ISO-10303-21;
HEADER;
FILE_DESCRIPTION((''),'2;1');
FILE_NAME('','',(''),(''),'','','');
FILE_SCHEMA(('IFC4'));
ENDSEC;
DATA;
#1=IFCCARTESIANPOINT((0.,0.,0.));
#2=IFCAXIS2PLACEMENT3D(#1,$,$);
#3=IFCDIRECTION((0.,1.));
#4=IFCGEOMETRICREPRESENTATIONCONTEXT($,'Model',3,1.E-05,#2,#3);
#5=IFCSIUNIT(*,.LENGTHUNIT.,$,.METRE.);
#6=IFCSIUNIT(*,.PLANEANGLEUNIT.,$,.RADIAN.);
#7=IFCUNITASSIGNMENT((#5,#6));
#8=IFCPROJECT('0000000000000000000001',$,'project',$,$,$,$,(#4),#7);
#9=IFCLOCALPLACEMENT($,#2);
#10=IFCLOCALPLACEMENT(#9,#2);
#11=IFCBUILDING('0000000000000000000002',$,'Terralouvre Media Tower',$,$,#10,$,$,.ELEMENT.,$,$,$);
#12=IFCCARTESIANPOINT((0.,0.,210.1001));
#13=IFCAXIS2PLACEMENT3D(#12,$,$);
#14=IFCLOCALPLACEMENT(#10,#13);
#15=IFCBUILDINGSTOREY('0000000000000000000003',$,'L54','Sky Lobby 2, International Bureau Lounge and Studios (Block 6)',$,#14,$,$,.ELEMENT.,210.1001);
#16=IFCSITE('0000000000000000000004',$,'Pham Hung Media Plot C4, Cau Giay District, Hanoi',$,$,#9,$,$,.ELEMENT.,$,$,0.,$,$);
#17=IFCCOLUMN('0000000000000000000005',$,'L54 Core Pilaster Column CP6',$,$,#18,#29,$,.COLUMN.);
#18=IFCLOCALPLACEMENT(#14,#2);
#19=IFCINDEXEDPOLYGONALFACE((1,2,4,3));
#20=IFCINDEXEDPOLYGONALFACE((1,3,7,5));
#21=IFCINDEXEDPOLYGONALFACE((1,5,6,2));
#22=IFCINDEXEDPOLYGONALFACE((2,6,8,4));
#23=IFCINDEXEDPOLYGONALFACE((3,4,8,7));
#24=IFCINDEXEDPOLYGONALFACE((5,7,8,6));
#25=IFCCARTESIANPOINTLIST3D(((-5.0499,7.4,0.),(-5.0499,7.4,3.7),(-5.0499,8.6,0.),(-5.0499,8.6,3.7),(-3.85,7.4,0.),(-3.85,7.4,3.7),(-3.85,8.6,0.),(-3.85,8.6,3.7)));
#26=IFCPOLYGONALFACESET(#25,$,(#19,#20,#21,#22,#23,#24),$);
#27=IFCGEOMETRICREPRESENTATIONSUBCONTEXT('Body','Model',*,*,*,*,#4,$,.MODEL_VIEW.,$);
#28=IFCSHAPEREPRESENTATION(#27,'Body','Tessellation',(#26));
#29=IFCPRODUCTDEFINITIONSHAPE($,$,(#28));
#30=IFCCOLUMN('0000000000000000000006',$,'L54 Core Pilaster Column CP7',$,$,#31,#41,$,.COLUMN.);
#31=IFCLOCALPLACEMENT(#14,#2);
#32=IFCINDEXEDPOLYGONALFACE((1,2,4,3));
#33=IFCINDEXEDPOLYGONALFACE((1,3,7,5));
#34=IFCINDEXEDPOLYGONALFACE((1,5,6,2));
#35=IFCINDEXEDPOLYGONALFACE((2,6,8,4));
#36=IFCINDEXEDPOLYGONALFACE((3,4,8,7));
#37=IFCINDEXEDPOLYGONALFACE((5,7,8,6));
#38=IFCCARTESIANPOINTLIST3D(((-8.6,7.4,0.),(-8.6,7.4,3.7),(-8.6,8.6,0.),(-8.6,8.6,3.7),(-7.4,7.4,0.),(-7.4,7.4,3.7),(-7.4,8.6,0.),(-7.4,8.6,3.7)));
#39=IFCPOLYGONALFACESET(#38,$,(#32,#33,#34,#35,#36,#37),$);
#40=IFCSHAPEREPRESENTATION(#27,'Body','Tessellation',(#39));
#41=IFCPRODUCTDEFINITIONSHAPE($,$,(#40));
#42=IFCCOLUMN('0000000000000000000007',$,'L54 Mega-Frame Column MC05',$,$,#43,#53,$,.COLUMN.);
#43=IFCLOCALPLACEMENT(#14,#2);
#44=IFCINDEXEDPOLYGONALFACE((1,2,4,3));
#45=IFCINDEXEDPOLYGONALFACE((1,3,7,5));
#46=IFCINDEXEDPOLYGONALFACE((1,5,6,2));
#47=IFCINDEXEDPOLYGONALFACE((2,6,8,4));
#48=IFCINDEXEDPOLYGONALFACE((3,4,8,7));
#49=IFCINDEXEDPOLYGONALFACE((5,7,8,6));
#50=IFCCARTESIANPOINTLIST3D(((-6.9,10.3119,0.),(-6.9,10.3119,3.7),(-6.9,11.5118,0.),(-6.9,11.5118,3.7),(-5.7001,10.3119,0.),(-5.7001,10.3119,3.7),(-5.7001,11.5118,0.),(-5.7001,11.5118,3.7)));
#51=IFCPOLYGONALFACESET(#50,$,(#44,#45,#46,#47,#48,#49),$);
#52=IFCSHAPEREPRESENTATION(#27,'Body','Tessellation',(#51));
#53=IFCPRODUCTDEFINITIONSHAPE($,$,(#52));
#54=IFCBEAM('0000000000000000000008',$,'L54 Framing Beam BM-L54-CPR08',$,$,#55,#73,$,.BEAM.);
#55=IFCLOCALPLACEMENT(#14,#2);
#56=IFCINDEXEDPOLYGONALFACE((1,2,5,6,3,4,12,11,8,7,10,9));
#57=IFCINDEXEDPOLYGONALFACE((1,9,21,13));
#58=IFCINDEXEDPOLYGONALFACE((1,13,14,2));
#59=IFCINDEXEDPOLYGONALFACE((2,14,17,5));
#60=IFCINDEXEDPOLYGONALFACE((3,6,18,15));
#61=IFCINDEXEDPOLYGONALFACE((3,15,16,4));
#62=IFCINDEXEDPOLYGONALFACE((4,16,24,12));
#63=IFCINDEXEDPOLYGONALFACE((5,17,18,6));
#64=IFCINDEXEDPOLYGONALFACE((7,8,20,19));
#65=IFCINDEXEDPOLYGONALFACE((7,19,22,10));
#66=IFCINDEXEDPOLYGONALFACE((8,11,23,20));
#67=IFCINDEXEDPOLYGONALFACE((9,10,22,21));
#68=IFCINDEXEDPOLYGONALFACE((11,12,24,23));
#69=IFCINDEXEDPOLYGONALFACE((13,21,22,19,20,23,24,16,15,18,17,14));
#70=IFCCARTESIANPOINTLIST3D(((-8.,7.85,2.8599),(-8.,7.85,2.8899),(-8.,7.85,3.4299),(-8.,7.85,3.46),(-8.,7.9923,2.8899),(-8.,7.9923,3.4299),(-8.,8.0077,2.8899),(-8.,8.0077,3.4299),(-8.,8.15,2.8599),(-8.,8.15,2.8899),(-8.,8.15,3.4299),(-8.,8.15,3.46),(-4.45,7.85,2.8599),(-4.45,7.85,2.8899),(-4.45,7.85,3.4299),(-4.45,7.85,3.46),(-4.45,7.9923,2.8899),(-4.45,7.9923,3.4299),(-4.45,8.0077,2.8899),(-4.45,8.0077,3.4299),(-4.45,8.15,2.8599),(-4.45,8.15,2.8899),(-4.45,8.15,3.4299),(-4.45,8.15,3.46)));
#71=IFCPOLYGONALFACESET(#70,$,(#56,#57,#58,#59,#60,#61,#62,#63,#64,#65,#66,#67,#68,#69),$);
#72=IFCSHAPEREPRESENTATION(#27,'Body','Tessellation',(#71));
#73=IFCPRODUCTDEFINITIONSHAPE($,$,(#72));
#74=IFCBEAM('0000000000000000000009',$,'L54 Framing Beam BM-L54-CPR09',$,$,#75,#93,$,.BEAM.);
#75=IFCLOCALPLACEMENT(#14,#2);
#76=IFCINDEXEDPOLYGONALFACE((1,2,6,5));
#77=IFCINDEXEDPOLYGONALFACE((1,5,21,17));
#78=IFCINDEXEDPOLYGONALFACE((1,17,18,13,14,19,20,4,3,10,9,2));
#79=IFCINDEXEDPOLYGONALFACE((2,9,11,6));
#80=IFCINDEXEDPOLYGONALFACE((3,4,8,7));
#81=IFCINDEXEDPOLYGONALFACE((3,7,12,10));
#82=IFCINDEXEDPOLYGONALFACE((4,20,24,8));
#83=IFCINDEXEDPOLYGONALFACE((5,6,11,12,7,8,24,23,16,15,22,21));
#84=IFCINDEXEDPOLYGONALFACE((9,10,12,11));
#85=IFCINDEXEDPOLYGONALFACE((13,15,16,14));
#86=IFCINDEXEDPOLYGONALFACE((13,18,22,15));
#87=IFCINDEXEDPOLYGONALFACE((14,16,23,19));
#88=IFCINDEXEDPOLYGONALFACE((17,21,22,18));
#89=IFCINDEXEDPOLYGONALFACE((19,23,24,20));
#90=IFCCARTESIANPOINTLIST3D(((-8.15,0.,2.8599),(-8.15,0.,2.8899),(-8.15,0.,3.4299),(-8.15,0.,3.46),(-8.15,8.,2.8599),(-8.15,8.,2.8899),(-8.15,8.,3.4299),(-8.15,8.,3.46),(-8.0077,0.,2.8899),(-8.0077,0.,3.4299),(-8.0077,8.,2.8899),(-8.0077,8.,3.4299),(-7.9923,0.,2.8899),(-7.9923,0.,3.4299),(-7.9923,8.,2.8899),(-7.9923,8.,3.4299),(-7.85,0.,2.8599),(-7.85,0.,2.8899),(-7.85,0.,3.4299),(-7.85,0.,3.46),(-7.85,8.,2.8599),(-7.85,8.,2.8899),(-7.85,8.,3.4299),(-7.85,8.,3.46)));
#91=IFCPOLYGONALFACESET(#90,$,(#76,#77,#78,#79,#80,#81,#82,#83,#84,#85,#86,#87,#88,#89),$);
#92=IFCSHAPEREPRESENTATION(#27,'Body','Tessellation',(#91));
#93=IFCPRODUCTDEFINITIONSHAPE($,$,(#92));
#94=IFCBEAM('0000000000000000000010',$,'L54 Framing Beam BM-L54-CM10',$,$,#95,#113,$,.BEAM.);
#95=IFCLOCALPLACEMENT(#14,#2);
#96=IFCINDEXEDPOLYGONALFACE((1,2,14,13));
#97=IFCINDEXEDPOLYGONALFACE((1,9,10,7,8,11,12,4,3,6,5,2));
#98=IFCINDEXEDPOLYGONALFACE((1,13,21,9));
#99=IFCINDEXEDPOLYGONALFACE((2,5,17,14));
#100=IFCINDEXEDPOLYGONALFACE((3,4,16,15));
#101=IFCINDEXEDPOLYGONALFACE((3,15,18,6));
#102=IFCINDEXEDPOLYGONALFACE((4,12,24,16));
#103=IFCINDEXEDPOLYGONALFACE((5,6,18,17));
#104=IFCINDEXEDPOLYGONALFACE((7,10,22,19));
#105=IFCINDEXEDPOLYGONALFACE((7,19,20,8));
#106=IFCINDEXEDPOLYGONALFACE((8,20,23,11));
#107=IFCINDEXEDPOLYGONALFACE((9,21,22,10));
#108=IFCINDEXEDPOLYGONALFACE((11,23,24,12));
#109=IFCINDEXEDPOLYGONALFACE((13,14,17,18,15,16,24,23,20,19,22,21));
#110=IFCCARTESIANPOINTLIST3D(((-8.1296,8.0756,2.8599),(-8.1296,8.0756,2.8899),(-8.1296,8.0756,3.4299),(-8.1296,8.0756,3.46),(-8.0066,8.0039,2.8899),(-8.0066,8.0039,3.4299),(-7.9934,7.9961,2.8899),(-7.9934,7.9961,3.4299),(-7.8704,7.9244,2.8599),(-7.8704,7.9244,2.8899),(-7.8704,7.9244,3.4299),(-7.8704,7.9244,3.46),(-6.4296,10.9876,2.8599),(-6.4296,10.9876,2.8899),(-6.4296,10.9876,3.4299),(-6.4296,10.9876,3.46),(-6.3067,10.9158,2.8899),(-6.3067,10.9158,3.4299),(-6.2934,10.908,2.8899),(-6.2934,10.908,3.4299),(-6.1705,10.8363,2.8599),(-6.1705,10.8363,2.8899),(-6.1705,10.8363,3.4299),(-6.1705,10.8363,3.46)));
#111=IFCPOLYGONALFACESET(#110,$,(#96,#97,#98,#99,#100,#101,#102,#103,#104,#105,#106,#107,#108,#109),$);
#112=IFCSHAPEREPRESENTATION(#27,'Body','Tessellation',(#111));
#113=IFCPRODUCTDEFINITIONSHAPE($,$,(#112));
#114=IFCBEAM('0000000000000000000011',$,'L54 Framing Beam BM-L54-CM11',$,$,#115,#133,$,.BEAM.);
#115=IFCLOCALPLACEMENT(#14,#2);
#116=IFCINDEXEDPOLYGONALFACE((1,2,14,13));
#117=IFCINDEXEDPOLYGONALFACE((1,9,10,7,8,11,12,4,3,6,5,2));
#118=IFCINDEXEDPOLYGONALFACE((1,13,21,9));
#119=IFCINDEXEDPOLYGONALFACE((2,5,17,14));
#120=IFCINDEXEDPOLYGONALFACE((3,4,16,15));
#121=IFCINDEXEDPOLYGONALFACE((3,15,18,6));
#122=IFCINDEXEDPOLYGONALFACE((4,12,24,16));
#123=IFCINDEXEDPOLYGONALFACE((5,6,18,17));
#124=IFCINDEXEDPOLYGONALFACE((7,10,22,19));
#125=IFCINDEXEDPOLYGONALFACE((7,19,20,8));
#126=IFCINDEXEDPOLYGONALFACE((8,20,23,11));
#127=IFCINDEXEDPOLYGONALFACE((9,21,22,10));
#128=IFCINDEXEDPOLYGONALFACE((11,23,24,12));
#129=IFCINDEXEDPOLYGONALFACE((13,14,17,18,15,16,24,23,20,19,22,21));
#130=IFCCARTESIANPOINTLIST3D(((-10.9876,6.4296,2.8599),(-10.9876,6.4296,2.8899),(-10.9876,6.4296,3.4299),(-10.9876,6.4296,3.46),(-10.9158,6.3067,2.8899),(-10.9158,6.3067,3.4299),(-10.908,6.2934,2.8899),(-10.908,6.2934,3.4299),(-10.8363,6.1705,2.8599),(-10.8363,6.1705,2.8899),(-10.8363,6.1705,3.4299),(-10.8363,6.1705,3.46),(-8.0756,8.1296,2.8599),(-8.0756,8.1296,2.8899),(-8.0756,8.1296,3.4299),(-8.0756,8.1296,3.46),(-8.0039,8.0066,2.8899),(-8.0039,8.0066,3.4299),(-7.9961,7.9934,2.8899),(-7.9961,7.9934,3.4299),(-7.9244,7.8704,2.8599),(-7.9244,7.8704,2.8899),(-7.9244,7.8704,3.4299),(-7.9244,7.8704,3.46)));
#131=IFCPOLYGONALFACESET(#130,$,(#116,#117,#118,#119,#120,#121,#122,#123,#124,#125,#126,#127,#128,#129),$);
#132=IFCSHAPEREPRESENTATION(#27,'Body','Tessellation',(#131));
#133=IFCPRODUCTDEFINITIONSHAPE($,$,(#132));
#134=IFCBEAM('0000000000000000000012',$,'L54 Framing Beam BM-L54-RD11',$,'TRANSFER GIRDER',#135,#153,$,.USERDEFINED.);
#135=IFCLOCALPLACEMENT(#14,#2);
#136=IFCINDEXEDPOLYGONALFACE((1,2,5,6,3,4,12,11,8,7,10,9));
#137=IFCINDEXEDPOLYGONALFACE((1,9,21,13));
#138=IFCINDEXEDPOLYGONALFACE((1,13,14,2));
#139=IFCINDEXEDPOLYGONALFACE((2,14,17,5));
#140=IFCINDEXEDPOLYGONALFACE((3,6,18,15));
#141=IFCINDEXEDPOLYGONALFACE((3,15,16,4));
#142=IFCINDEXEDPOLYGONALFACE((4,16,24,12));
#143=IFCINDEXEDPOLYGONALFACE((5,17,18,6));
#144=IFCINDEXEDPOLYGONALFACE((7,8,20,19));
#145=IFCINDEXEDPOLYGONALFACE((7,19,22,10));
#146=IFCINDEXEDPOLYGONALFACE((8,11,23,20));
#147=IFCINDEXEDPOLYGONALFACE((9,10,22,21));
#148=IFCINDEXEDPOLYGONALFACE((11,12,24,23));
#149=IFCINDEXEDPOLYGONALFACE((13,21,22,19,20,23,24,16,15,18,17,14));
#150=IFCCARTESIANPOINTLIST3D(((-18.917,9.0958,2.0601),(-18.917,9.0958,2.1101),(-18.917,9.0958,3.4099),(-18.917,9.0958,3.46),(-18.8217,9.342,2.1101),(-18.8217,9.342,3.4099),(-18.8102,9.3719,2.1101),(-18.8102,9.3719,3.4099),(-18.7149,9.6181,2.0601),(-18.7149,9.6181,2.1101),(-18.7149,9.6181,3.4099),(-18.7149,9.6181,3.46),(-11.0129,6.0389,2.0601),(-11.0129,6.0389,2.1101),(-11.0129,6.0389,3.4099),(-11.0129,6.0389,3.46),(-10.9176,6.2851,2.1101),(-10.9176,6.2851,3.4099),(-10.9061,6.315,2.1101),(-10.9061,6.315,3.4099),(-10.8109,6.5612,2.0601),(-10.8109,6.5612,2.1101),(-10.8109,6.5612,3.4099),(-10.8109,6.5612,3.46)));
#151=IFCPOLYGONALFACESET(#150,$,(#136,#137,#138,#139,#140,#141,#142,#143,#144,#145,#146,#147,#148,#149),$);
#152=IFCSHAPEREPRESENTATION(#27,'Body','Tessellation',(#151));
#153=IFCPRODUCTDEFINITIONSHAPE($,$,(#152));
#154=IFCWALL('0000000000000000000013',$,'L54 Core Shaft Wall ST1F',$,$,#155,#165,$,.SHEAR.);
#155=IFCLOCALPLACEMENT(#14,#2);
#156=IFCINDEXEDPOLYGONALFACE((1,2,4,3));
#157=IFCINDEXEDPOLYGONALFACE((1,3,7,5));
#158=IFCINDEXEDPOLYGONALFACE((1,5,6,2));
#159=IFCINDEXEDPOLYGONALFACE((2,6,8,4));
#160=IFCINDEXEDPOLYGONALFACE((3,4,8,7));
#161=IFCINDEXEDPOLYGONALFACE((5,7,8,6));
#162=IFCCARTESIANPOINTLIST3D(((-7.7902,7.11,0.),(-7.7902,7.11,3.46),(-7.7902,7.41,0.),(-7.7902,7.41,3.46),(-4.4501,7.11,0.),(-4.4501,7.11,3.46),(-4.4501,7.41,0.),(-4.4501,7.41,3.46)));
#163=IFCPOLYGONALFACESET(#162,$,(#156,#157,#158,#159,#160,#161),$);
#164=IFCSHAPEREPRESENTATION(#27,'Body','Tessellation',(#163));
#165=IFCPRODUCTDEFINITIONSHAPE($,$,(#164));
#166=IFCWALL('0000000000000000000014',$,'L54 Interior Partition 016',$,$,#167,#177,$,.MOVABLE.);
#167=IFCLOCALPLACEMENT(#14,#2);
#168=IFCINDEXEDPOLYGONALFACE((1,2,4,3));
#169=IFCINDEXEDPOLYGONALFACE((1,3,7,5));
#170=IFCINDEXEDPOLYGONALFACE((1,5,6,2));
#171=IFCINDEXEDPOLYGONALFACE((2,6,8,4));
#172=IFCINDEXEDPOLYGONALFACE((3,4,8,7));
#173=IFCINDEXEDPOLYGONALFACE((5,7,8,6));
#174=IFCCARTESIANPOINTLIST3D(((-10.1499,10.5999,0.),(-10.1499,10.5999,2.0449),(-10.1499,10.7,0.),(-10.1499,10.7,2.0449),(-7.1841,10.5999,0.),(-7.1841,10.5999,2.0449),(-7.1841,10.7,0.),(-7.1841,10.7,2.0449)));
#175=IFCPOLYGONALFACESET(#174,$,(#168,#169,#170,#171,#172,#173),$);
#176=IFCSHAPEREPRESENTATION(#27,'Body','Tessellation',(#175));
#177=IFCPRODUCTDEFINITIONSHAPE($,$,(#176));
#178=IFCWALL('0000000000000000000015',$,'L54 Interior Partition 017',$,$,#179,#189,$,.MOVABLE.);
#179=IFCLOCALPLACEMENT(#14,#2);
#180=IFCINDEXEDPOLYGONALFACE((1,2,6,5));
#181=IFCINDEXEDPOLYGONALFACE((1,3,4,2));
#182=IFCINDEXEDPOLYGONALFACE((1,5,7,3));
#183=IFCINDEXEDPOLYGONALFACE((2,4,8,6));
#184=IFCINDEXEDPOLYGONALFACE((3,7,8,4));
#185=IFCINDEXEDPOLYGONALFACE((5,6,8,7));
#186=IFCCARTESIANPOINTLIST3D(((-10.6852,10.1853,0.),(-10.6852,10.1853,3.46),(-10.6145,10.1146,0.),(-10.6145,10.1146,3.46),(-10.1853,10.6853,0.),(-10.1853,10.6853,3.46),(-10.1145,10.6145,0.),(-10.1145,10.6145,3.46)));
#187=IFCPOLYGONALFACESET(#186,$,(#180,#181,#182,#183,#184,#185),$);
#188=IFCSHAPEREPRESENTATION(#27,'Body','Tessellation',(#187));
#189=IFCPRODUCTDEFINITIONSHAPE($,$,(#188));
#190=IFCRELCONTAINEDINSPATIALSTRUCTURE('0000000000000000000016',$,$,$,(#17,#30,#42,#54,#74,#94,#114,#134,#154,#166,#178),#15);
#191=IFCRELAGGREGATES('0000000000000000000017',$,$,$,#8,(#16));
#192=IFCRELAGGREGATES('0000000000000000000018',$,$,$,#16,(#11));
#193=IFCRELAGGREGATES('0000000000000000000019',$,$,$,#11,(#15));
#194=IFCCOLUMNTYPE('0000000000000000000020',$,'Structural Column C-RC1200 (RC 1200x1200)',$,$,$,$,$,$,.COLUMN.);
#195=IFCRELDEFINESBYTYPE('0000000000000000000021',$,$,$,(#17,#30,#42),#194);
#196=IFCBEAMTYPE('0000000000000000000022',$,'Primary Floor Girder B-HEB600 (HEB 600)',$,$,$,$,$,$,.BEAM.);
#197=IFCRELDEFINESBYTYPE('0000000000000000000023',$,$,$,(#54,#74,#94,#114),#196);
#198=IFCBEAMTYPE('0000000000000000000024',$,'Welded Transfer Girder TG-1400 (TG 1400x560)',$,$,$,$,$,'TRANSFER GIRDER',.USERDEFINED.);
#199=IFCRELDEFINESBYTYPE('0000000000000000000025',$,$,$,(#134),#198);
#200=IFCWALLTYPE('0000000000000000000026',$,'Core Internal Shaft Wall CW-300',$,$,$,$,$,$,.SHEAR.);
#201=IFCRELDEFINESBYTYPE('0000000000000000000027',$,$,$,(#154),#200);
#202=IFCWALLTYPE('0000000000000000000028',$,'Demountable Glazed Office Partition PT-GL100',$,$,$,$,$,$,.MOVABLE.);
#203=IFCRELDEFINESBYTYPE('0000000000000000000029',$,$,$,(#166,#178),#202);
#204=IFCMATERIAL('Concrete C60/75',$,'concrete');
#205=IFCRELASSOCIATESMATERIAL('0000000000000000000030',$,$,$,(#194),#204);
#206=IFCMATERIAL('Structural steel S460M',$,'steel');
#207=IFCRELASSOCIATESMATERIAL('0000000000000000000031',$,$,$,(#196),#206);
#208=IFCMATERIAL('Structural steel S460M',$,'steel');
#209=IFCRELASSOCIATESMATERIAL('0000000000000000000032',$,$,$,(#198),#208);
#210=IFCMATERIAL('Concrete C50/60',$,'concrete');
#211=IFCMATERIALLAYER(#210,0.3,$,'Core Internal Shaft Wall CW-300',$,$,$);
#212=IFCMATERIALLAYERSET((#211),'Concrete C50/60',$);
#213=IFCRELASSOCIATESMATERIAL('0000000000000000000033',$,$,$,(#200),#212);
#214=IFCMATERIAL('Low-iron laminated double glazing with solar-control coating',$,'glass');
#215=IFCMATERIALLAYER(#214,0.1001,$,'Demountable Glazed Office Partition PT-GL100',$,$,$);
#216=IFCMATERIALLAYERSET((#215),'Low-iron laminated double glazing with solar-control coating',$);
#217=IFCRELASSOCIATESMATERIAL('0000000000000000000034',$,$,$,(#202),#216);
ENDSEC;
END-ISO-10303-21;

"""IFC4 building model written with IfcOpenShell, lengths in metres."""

from ifc_helpers import new_model, si_unit, direction, frame, frame_2d, origin, origin_2d, place, context, subcontext, project, spatial, rectangle, i_section, extrude, material, layer, layer_set, material_profile, profile_set, type_object, element, save


model = new_model("IFC4")

# Units and contexts
model_context = context("Model", 3, precision=1e-05, world=origin(), true_north=direction((0.0, 1.0)))
body_context = subcontext(model_context, "Body", "Model", "MODEL_VIEW")
ifc_project = project(units=[si_unit("LENGTHUNIT", "METRE"), si_unit("PLANEANGLEUNIT", "RADIAN")], contexts=[model_context])

# Site, building, storey
site_placement = place(None, origin())
site = spatial("IfcSite", under=ifc_project, at=site_placement, Name="Pham Hung Media Plot C4, Cau Giay District, Hanoi", CompositionType="ELEMENT", RefElevation=0.0)
building_placement = place(site_placement, origin())
building = spatial("IfcBuilding", under=site, at=building_placement, Name="Terralouvre Media Tower", CompositionType="ELEMENT")
storey_placement = place(building_placement, frame((0.0, 0.0, 210.1001)))
storey = spatial("IfcBuildingStorey", under=building, at=storey_placement, Name="L54", Description="Sky Lobby 2, International Bureau Lounge and Studios (Block 6)", CompositionType="ELEMENT", Elevation=210.1001)

# Columns
ifc_material_1 = material(Name="Concrete C60/75", Category="concrete")
ifc_material_profile_1 = material_profile(ifc_material_1, rectangle(XDim=1.2, YDim=1.2, at=origin_2d()), Name="RC 1200x1200")
ifc_profile_set_1 = profile_set([ifc_material_profile_1], Name="Concrete C60/75")
column_type = type_object("IfcColumnType", Name="Structural Column C-RC1200 (RC 1200x1200)", PredefinedType="COLUMN", material=ifc_profile_set_1)
for number, where, z_axis, x_axis, name in (
    (1, (-4.45, 8.0, 0.0), (0.0, 0.0, 1.0), (1.0, 0.0, 0.0), "L54 Core Pilaster Column CP6"),
    (2, (-8.0, 8.0, 0.0), (0.0, 0.0, 1.0), (1.0, 0.0, 0.0), "L54 Core Pilaster Column CP7"),
    (3, (-6.3, 10.9119, 0.0), (0.0, 0.0, 1.0), (1.0, 0.0, 0.0), "L54 Mega-Frame Column MC05"),
):
    element("IfcColumn", number, at=place(storey_placement, frame(where, z_axis=z_axis, x_axis=x_axis)), inside=storey, type_object=column_type, Name=name, PredefinedType="COLUMN", context=body_context, shape_type="SweptSolid", body=[
        extrude(rectangle(XDim=1.2, YDim=1.2, at=origin_2d()), origin(), (0.0, 0.0, 1.0), 3.7),
    ])

# Beams
ifc_material_2 = material(Name="Structural steel S460M", Category="steel")
ifc_material_profile_2 = material_profile(ifc_material_2, i_section(OverallWidth=0.3, OverallDepth=0.6001, WebThickness=0.0154, FlangeThickness=0.03, at=origin_2d()), Name="HEB 600")
ifc_profile_set_2 = profile_set([ifc_material_profile_2], Name="Structural steel S460M")
beam_type_1 = type_object("IfcBeamType", Name="Primary Floor Girder B-HEB600 (HEB 600)", PredefinedType="BEAM", material=ifc_profile_set_2)
beam_1_placement = place(storey_placement, frame((-4.45, 8.0, 3.1599), z_axis=(-1.0, 0.0, 0.0), x_axis=(0.0, -1.0, 0.0)))
element("IfcBeam", 4, at=beam_1_placement, inside=storey, type_object=beam_type_1, Name="L54 Framing Beam BM-L54-CPR08", PredefinedType="BEAM", context=body_context, shape_type="SweptSolid", body=[
    extrude(i_section(OverallWidth=0.3, OverallDepth=0.6001, WebThickness=0.0154, FlangeThickness=0.03, at=origin_2d()), origin(), (0.0, 0.0, 1.0), 3.55),
])
beam_2_placement = place(storey_placement, frame((-8.0, 8.0, 3.1599), z_axis=(0.0, -1.0, 0.0), x_axis=(1.0, 0.0, 0.0)))
element("IfcBeam", 5, at=beam_2_placement, inside=storey, type_object=beam_type_1, Name="L54 Framing Beam BM-L54-CPR09", PredefinedType="BEAM", context=body_context, shape_type="SweptSolid", body=[
    extrude(i_section(OverallWidth=0.3, OverallDepth=0.6001, WebThickness=0.0154, FlangeThickness=0.03, at=origin_2d()), origin(), (0.0, 0.0, 1.0), 8.0),
])
for number, where, z_axis, x_axis, name in (
    (6, (-8.0, 8.0, 3.1599), (0.504173, 0.863603, 0.0), (-0.863603, 0.504173, 0.0), "L54 Framing Beam BM-L54-CM10"),
    (7, (-8.0, 8.0, 3.1599), (-0.863603, -0.504173, 0.0), (0.504173, -0.863603, 0.0), "L54 Framing Beam BM-L54-CM11"),
):
    element("IfcBeam", number, at=place(storey_placement, frame(where, z_axis=z_axis, x_axis=x_axis)), inside=storey, type_object=beam_type_1, Name=name, PredefinedType="BEAM", context=body_context, shape_type="SweptSolid", body=[
        extrude(i_section(OverallWidth=0.3, OverallDepth=0.6001, WebThickness=0.0154, FlangeThickness=0.03, at=origin_2d()), origin(), (0.0, 0.0, 1.0), 3.3718),
    ])
ifc_material_3 = material(Name="Structural steel S460M", Category="steel")
ifc_material_profile_3 = material_profile(ifc_material_3, i_section(OverallWidth=0.5601, OverallDepth=1.3999, WebThickness=0.032, FlangeThickness=0.05, at=origin_2d()), Name="TG 1400x560")
ifc_profile_set_3 = profile_set([ifc_material_profile_3], Name="Structural steel S460M")
beam_type_2 = type_object("IfcBeamType", Name="Welded Transfer Girder TG-1400 (TG 1400x560)", ElementType="TRANSFER GIRDER", PredefinedType="USERDEFINED", material=ifc_profile_set_3)
beam_3_placement = place(storey_placement, frame((-10.9119, 6.3, 2.76), z_axis=(-0.932677, 0.360712, 0.0), x_axis=(-0.360712, -0.932677, 0.0)))
element("IfcBeam", 8, at=beam_3_placement, inside=storey, type_object=beam_type_2, Name="L54 Framing Beam BM-L54-RD11", ObjectType="TRANSFER GIRDER", PredefinedType="USERDEFINED", context=body_context, shape_type="SweptSolid", body=[
    extrude(i_section(OverallWidth=0.5601, OverallDepth=1.3999, WebThickness=0.032, FlangeThickness=0.05, at=origin_2d()), origin(), (0.0, 0.0, 1.0), 8.4746),
])

# Shared definitions
ifc_material_4 = material(Name="Concrete C50/60", Category="concrete")
ifc_layer_1 = layer(ifc_material_4, 0.3, Name="Core Internal Shaft Wall CW-300")
ifc_layer_set_1 = layer_set([ifc_layer_1], Name="Concrete C50/60")
wall_type_1 = type_object("IfcWallType", Name="Core Internal Shaft Wall CW-300", PredefinedType="SHEAR", material=ifc_layer_set_1)

# Wall
wall_1_placement = place(storey_placement, frame((-7.79, 7.26, 0.0), z_axis=(0.0, 0.0, 1.0), x_axis=(1.0, 0.0, 0.0)))
element("IfcWall", 9, at=wall_1_placement, inside=storey, type_object=wall_type_1, Name="L54 Core Shaft Wall ST1F", PredefinedType="SHEAR", context=body_context, shape_type="SweptSolid", body=[
    extrude(rectangle(XDim=3.3401, YDim=0.3, at=frame_2d((1.6699, 0.0))), origin(), (0.0, 0.0, 1.0), 3.46),
])

# Walls
ifc_material_5 = material(Name="Low-iron laminated double glazing with solar-control coating", Category="glass")
ifc_layer_2 = layer(ifc_material_5, 0.1001, Name="Demountable Glazed Office Partition PT-GL100")
ifc_layer_set_2 = layer_set([ifc_layer_2], Name="Low-iron laminated double glazing with solar-control coating")
wall_type_2 = type_object("IfcWallType", Name="Demountable Glazed Office Partition PT-GL100", PredefinedType="MOVABLE", material=ifc_layer_set_2)
wall_2_placement = place(storey_placement, frame((-7.1841, 10.6499, 0.0), z_axis=(0.0, 0.0, 1.0), x_axis=(-1.0, 0.0, 0.0)))
element("IfcWall", 10, at=wall_2_placement, inside=storey, type_object=wall_type_2, Name="L54 Interior Partition 016", PredefinedType="MOVABLE", context=body_context, shape_type="SweptSolid", body=[
    extrude(rectangle(XDim=2.9658, YDim=0.1001, at=frame_2d((1.4829, 0.0))), origin(), (0.0, 0.0, 1.0), 2.0449),
])
wall_3_placement = place(storey_placement, frame((-10.1499, 10.6499, 0.0), z_axis=(0.0, 0.0, 1.0), x_axis=(-0.707107, -0.707107, 0.0)))
element("IfcWall", 11, at=wall_3_placement, inside=storey, type_object=wall_type_2, Name="L54 Interior Partition 017", PredefinedType="MOVABLE", context=body_context, shape_type="SweptSolid", body=[
    extrude(rectangle(XDim=0.707, YDim=0.1001, at=frame_2d((0.3535, 0.0))), origin(), (0.0, 0.0, 1.0), 3.46),
])

save(model, "model.ifc")
